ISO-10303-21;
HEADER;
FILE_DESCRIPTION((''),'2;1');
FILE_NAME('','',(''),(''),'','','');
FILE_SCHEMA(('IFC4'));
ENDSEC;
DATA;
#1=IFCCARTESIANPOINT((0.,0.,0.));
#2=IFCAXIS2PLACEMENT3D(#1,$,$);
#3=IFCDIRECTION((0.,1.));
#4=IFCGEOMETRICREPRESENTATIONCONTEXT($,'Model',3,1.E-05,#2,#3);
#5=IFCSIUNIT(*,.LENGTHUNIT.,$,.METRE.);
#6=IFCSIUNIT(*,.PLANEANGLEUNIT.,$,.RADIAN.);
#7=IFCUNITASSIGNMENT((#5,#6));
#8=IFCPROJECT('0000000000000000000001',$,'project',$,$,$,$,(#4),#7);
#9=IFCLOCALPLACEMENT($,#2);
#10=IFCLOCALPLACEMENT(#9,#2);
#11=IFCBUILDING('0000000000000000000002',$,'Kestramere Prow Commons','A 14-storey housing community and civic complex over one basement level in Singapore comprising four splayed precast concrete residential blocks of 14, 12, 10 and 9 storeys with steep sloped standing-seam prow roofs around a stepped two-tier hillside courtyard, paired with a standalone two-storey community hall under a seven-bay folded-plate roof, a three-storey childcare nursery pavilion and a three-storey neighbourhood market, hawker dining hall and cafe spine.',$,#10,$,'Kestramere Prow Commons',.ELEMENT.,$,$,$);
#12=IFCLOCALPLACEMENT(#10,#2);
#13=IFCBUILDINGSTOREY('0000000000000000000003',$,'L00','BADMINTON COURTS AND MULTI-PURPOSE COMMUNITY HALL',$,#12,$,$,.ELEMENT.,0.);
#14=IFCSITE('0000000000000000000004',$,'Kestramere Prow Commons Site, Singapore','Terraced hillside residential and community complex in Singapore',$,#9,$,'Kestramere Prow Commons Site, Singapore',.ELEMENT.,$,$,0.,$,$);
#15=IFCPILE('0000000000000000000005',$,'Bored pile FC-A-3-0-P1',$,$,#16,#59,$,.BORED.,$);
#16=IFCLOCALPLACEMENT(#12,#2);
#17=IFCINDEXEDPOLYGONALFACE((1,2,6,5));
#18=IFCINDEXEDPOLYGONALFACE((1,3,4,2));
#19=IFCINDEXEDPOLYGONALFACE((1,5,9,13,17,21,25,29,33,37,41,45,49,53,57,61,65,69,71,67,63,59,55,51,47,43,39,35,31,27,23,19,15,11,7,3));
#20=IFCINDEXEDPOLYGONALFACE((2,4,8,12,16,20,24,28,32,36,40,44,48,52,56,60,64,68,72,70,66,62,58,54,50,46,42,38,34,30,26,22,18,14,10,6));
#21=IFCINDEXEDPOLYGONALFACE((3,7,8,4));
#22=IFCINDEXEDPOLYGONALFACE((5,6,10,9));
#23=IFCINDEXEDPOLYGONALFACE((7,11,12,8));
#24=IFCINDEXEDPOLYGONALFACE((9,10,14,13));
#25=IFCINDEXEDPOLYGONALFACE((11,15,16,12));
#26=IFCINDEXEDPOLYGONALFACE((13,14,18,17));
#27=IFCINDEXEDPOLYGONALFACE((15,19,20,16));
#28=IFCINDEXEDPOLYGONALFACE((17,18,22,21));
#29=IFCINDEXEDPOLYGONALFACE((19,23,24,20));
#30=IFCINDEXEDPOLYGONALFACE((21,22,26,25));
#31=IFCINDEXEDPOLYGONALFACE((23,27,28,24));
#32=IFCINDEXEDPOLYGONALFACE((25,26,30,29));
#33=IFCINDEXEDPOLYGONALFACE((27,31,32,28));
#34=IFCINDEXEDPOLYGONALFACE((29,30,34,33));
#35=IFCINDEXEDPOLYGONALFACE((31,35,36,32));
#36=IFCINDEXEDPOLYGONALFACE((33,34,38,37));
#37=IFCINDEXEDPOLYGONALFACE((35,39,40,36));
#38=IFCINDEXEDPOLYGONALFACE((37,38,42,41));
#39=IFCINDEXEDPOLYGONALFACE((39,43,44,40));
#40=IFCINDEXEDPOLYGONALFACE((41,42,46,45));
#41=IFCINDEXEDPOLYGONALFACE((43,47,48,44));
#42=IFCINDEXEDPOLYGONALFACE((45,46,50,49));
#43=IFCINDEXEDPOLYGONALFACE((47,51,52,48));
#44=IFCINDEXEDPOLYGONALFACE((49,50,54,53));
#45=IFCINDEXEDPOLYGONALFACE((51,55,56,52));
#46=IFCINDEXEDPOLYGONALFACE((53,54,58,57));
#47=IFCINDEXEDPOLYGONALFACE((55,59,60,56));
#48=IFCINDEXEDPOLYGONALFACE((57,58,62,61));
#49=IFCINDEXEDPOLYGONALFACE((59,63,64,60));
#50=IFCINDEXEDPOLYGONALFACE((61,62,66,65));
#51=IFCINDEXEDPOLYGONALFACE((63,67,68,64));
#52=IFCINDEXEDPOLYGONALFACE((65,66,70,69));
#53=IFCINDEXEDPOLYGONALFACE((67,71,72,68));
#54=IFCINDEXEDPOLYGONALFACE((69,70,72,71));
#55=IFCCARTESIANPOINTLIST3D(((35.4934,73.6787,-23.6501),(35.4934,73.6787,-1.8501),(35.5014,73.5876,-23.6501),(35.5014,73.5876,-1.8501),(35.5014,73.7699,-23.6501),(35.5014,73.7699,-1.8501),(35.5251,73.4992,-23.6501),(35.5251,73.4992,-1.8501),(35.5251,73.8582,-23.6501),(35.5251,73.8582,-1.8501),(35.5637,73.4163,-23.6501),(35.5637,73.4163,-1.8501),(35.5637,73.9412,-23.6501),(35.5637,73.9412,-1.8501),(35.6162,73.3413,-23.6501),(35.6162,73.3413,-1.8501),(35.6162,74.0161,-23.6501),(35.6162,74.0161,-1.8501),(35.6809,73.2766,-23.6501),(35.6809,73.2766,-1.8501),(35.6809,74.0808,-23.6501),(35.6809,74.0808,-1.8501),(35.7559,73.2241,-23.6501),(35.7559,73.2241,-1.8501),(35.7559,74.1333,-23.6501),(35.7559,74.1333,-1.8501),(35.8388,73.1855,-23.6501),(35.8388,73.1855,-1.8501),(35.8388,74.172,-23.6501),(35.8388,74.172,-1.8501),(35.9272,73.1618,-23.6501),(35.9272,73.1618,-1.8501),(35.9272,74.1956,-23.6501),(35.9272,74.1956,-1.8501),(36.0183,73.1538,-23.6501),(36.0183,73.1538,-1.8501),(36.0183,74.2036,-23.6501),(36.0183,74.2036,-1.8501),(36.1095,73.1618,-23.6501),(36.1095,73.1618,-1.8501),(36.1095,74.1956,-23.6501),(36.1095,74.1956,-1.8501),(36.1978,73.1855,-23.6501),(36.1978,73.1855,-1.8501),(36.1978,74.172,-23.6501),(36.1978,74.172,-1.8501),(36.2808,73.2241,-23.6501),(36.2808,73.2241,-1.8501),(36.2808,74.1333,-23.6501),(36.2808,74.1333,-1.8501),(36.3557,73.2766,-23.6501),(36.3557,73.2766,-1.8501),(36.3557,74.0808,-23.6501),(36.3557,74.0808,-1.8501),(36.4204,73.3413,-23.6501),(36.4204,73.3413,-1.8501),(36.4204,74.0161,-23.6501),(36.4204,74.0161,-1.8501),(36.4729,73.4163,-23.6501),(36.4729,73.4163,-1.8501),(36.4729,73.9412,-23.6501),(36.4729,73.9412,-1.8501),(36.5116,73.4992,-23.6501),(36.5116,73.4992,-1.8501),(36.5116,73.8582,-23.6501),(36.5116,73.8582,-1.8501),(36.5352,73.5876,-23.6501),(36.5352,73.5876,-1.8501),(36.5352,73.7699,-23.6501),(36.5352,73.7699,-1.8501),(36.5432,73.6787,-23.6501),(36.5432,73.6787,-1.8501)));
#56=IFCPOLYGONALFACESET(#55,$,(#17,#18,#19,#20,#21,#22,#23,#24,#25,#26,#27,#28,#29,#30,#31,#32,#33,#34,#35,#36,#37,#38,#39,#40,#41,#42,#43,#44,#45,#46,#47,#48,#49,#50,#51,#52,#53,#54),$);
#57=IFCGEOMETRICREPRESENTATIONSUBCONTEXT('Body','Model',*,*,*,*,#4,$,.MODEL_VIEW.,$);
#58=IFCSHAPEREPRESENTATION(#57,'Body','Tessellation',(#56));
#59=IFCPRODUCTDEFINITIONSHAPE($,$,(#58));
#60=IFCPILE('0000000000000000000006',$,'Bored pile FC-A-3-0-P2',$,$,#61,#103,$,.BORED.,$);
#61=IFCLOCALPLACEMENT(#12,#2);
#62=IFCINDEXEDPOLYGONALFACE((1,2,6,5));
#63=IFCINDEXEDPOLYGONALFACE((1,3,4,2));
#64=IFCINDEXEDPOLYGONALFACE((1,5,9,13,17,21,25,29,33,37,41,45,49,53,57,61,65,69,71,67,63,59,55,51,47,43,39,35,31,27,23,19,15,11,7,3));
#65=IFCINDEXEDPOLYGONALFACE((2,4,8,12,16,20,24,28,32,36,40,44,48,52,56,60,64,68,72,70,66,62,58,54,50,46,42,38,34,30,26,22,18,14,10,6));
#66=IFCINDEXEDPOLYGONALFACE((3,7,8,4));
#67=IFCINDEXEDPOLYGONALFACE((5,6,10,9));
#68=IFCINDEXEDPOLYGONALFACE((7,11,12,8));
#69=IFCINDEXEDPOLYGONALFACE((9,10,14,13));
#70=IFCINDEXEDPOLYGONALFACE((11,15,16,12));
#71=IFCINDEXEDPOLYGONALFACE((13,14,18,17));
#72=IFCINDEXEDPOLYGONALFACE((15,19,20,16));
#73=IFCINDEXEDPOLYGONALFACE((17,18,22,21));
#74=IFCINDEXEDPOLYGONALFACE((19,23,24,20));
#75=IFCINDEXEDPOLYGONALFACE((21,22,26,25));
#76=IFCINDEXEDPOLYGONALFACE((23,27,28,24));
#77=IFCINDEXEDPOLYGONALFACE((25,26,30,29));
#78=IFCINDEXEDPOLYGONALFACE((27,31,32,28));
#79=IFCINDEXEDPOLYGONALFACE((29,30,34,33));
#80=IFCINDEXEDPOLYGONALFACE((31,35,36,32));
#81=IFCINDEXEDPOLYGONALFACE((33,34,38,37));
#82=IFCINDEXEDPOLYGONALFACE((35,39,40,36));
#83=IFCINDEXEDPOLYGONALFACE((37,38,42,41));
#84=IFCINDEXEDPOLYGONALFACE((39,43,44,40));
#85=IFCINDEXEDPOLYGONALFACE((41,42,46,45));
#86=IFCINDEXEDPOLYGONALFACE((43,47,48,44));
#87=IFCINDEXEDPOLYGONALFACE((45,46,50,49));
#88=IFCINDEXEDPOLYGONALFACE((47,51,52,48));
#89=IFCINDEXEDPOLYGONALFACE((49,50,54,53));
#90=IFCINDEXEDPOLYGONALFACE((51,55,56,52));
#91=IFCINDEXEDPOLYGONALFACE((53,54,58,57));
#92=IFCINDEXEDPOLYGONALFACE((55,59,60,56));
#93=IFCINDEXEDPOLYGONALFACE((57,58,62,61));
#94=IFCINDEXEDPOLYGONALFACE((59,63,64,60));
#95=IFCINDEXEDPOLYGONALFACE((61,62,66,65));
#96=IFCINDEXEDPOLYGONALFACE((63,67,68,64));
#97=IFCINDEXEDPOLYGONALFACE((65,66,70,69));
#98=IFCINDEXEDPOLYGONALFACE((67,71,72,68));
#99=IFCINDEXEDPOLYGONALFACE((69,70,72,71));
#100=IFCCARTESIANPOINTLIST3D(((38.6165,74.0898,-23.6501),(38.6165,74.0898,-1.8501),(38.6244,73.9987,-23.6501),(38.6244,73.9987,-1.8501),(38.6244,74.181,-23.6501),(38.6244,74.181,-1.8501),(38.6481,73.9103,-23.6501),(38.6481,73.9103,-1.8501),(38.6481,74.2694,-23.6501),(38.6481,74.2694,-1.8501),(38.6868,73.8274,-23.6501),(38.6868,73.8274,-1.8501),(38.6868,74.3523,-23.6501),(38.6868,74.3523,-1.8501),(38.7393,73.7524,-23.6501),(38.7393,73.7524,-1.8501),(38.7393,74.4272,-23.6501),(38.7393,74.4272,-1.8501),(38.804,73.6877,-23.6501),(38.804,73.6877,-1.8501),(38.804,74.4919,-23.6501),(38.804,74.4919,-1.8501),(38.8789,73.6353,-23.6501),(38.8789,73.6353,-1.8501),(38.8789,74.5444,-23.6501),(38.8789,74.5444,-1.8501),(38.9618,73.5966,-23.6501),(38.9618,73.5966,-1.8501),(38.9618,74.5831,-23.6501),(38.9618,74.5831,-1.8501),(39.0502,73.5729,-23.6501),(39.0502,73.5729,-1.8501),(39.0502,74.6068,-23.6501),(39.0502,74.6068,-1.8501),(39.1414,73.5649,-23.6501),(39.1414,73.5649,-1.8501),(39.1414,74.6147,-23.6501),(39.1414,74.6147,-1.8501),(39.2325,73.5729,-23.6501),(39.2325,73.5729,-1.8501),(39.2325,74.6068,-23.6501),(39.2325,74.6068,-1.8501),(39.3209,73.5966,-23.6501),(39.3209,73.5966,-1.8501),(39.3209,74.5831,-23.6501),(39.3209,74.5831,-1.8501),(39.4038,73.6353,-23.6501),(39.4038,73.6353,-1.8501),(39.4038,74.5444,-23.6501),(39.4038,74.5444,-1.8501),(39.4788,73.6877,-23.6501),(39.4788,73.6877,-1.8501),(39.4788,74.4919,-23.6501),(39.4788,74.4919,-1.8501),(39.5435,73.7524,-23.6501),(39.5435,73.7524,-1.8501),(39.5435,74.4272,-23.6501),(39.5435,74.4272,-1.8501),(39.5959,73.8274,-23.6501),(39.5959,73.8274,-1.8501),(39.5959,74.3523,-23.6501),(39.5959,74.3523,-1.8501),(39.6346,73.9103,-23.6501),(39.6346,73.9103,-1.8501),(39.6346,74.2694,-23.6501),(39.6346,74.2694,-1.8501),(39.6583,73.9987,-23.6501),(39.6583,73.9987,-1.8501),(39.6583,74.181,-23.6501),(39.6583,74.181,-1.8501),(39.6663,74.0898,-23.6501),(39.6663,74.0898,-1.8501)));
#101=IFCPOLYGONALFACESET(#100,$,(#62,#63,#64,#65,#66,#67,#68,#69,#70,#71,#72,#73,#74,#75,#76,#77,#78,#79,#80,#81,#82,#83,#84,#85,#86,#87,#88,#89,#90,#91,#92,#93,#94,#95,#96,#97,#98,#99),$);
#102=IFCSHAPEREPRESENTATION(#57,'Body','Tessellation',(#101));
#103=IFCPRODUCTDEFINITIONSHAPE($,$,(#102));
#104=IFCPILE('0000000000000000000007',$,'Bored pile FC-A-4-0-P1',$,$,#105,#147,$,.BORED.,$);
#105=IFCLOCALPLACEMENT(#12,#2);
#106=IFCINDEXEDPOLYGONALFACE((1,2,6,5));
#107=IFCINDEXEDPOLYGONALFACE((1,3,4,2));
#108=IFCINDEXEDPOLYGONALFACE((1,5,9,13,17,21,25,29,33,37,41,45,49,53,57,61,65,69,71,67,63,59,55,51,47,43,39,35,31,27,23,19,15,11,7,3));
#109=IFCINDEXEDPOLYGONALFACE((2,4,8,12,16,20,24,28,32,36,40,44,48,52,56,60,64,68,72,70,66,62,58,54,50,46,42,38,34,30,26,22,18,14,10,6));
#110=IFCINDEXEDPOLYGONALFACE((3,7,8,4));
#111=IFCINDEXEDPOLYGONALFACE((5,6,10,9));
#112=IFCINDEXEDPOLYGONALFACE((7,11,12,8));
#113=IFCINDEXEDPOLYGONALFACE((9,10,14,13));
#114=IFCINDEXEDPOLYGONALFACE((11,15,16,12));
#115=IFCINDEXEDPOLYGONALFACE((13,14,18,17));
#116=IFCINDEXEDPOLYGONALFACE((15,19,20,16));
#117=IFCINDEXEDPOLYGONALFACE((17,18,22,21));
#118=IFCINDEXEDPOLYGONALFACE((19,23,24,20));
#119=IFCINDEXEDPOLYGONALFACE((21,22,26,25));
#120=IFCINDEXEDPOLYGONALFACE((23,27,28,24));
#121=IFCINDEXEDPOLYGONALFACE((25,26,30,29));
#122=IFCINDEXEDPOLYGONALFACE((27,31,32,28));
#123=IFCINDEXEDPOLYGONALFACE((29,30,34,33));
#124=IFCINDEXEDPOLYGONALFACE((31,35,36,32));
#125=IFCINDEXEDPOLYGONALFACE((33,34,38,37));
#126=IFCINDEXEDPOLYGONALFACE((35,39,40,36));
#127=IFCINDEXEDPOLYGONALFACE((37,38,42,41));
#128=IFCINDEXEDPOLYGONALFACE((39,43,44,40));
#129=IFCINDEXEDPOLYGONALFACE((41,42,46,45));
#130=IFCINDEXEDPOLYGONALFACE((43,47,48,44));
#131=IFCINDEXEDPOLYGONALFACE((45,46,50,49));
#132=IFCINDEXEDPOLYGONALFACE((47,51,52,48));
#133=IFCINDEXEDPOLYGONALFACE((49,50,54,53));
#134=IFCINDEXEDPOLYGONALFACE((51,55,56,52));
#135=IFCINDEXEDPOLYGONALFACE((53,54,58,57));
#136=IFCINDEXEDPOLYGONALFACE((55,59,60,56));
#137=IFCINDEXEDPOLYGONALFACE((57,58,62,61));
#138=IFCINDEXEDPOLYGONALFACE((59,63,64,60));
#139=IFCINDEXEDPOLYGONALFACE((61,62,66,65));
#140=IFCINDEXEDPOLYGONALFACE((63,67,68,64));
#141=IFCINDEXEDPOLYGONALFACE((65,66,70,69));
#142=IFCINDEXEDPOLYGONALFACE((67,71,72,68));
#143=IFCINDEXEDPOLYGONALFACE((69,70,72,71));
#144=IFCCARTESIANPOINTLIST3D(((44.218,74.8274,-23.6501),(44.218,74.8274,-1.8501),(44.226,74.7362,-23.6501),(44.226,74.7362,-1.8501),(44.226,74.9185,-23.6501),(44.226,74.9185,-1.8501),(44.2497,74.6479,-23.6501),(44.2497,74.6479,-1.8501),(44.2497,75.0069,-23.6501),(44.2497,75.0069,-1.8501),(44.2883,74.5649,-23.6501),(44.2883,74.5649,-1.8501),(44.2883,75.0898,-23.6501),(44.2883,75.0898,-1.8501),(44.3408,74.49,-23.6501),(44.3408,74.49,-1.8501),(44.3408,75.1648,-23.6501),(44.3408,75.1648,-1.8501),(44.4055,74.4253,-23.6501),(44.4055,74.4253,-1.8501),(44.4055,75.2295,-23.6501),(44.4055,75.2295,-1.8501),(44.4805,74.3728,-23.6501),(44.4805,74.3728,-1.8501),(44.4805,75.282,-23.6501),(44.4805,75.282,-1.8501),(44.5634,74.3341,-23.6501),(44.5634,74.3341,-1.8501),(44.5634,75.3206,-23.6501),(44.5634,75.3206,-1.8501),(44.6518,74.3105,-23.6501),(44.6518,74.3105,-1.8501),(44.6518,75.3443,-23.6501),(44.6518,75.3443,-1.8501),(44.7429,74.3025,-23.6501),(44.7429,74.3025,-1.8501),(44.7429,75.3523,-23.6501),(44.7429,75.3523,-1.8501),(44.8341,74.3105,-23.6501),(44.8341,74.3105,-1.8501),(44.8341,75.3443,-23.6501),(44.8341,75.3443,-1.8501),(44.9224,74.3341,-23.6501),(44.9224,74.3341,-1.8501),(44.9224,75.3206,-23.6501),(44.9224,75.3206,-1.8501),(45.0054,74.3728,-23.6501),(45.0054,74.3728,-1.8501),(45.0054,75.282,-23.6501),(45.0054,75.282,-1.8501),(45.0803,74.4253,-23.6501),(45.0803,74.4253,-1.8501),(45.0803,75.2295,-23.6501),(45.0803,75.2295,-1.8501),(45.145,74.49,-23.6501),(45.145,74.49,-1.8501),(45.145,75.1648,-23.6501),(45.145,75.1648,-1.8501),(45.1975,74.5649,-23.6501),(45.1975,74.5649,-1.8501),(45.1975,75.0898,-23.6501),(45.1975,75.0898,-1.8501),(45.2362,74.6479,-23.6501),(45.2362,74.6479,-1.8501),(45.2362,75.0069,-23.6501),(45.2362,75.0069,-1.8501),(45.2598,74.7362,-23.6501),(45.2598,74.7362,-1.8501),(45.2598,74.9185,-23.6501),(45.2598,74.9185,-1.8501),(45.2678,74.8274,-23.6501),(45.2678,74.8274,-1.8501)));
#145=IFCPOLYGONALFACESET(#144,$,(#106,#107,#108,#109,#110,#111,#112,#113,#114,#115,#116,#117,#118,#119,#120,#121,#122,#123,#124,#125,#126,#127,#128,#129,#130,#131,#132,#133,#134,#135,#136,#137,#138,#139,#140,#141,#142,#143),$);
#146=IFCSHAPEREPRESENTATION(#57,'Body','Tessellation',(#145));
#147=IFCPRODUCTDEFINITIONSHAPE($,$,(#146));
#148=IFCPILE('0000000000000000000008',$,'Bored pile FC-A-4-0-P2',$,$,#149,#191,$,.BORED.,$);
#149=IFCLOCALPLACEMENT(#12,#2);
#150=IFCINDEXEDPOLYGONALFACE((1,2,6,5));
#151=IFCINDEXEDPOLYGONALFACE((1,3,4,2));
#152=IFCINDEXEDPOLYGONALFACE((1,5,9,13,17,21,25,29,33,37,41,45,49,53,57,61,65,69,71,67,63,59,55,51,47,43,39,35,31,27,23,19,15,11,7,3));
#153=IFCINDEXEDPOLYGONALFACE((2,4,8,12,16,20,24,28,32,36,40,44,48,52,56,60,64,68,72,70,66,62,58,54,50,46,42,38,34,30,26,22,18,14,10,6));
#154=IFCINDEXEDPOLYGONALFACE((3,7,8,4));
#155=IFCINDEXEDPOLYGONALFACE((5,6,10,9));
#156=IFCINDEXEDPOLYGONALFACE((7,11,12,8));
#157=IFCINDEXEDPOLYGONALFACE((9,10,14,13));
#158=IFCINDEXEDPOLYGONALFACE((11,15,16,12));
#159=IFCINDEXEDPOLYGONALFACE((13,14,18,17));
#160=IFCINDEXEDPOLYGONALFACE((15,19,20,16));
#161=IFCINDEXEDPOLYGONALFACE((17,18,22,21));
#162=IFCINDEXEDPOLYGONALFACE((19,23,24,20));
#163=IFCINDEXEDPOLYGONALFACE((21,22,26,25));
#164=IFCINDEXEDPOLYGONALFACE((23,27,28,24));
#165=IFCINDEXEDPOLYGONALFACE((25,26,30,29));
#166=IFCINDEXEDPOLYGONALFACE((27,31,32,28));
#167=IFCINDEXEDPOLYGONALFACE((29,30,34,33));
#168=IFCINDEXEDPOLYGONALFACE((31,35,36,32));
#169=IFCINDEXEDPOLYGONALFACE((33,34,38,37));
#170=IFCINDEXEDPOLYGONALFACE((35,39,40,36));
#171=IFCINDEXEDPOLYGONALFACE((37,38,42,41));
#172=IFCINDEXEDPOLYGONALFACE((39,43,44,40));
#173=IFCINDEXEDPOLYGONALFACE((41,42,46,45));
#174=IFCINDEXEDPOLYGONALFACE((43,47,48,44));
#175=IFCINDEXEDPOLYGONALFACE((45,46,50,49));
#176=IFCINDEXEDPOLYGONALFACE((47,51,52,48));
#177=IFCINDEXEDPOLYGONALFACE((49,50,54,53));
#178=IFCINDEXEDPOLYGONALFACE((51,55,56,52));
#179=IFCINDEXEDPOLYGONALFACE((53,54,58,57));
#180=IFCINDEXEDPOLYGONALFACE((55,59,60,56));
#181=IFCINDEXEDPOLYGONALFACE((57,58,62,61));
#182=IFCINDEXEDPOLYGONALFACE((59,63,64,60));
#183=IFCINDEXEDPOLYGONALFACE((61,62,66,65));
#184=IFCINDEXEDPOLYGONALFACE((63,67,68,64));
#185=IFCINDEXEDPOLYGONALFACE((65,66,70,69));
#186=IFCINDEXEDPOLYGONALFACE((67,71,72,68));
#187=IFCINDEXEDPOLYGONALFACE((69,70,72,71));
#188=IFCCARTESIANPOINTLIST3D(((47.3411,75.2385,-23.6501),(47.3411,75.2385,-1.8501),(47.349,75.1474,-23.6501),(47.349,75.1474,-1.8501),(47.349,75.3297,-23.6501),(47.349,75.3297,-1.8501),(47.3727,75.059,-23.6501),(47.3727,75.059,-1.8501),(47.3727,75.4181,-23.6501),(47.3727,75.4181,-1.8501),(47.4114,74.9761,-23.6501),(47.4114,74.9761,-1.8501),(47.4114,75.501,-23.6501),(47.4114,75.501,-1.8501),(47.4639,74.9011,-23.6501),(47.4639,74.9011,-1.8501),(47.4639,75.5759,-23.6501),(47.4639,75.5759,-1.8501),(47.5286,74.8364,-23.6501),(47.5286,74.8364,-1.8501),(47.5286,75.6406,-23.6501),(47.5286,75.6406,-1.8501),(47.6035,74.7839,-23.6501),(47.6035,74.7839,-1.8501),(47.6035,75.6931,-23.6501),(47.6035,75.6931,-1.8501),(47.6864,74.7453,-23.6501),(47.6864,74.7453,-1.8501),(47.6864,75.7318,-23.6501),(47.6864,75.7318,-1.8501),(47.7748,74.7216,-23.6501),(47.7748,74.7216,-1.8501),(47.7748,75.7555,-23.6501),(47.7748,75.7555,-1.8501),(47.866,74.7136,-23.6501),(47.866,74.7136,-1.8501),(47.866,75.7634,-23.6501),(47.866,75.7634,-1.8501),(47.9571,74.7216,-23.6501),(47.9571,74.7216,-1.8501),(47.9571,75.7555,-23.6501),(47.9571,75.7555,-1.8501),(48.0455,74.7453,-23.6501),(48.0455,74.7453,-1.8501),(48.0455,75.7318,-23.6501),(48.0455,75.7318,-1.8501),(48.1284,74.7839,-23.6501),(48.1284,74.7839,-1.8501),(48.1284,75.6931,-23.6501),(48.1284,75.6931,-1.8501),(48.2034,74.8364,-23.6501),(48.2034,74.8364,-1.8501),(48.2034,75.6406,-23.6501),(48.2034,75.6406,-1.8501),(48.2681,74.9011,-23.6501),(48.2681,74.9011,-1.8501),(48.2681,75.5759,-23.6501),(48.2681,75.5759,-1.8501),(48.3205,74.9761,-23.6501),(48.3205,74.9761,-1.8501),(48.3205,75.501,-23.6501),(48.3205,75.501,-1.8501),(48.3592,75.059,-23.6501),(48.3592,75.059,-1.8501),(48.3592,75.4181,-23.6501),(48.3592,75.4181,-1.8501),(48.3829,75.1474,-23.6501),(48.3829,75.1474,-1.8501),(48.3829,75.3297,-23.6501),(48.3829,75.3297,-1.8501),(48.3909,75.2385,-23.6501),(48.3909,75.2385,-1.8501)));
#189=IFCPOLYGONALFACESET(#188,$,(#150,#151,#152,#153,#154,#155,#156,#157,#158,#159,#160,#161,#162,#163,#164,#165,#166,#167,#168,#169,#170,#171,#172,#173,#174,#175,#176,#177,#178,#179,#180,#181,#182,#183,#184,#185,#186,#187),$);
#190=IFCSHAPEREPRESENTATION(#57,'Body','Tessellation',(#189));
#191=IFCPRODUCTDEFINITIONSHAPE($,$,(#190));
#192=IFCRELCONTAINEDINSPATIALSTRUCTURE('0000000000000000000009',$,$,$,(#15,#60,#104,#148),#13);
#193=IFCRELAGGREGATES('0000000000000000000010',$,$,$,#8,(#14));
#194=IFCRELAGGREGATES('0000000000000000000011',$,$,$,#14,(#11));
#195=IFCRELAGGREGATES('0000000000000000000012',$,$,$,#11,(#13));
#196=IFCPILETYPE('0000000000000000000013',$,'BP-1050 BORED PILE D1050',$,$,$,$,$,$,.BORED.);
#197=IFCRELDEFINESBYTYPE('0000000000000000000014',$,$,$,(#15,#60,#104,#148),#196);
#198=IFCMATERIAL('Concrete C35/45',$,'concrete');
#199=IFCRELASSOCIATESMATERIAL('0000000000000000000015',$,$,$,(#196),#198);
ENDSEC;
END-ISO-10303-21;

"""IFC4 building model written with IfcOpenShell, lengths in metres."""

from ifc_helpers import new_model, si_unit, direction, frame, origin, origin_2d, place, context, subcontext, project, spatial, circle, extrude, material, material_profile, profile_set, type_object, element, save


model = new_model("IFC4")

# Units and contexts
model_context = context("Model", 3, precision=1e-05, world=origin(), true_north=direction((0.0, 1.0)))
body_context = subcontext(model_context, "Body", "Model", "MODEL_VIEW")
ifc_project = project(units=[si_unit("LENGTHUNIT", "METRE"), si_unit("PLANEANGLEUNIT", "RADIAN")], contexts=[model_context])

# Site, building, storey
site_placement = place(None, origin())
site = spatial("IfcSite", under=ifc_project, at=site_placement, Name="Kestramere Prow Commons Site, Singapore", Description="Terraced hillside residential and community complex in Singapore", LongName="Kestramere Prow Commons Site, Singapore", CompositionType="ELEMENT", RefElevation=0.0)
building_placement = place(site_placement, origin())
building = spatial("IfcBuilding", under=site, at=building_placement, Name="Kestramere Prow Commons", Description="A 14-storey housing community and civic complex over one basement level in Singapore comprising four splayed precast concrete residential blocks of 14, 12, 10 and 9 storeys with steep sloped standing-seam prow roofs around a stepped two-tier hillside courtyard, paired with a standalone two-storey community hall under a seven-bay folded-plate roof, a three-storey childcare nursery pavilion and a three-storey neighbourhood market, hawker dining hall and cafe spine.", LongName="Kestramere Prow Commons", CompositionType="ELEMENT")
storey_placement = place(building_placement, origin())
storey = spatial("IfcBuildingStorey", under=building, at=storey_placement, Name="L00", Description="BADMINTON COURTS AND MULTI-PURPOSE COMMUNITY HALL", CompositionType="ELEMENT", Elevation=0.0)

# Piles
ifc_material_1 = material(Name="Concrete C35/45", Category="concrete")
ifc_material_profile_1 = material_profile(ifc_material_1, circle(Radius=0.5249, at=origin_2d()), Name="BORED PILE D1050")
ifc_profile_set_1 = profile_set([ifc_material_profile_1], Name="Concrete C35/45")
pile_type_1 = type_object("IfcPileType", Name="BP-1050 BORED PILE D1050", PredefinedType="BORED", material=ifc_profile_set_1)
for number, where, z_axis, x_axis, name in (
    (1, (36.0183, 73.6787, -1.8501), (0.0, 0.0, -1.0), (1.0, 0.0, 0.0), "Bored pile FC-A-3-0-P1"),
    (2, (39.1414, 74.0898, -1.8501), (0.0, 0.0, -1.0), (1.0, 0.0, 0.0), "Bored pile FC-A-3-0-P2"),
    (3, (44.7429, 74.8274, -1.8501), (0.0, 0.0, -1.0), (1.0, 0.0, 0.0), "Bored pile FC-A-4-0-P1"),
    (4, (47.866, 75.2385, -1.8501), (0.0, 0.0, -1.0), (1.0, 0.0, 0.0), "Bored pile FC-A-4-0-P2"),
):
    element("IfcPile", number, at=place(storey_placement, frame(where, z_axis=z_axis, x_axis=x_axis)), inside=storey, type_object=pile_type_1, Name=name, PredefinedType="BORED", context=body_context, shape_type="SweptSolid", body=[
        extrude(circle(Radius=0.5249, at=origin_2d()), origin(), (0.0, 0.0, 1.0), 21.8),
    ])

save(model, "model.ifc")
